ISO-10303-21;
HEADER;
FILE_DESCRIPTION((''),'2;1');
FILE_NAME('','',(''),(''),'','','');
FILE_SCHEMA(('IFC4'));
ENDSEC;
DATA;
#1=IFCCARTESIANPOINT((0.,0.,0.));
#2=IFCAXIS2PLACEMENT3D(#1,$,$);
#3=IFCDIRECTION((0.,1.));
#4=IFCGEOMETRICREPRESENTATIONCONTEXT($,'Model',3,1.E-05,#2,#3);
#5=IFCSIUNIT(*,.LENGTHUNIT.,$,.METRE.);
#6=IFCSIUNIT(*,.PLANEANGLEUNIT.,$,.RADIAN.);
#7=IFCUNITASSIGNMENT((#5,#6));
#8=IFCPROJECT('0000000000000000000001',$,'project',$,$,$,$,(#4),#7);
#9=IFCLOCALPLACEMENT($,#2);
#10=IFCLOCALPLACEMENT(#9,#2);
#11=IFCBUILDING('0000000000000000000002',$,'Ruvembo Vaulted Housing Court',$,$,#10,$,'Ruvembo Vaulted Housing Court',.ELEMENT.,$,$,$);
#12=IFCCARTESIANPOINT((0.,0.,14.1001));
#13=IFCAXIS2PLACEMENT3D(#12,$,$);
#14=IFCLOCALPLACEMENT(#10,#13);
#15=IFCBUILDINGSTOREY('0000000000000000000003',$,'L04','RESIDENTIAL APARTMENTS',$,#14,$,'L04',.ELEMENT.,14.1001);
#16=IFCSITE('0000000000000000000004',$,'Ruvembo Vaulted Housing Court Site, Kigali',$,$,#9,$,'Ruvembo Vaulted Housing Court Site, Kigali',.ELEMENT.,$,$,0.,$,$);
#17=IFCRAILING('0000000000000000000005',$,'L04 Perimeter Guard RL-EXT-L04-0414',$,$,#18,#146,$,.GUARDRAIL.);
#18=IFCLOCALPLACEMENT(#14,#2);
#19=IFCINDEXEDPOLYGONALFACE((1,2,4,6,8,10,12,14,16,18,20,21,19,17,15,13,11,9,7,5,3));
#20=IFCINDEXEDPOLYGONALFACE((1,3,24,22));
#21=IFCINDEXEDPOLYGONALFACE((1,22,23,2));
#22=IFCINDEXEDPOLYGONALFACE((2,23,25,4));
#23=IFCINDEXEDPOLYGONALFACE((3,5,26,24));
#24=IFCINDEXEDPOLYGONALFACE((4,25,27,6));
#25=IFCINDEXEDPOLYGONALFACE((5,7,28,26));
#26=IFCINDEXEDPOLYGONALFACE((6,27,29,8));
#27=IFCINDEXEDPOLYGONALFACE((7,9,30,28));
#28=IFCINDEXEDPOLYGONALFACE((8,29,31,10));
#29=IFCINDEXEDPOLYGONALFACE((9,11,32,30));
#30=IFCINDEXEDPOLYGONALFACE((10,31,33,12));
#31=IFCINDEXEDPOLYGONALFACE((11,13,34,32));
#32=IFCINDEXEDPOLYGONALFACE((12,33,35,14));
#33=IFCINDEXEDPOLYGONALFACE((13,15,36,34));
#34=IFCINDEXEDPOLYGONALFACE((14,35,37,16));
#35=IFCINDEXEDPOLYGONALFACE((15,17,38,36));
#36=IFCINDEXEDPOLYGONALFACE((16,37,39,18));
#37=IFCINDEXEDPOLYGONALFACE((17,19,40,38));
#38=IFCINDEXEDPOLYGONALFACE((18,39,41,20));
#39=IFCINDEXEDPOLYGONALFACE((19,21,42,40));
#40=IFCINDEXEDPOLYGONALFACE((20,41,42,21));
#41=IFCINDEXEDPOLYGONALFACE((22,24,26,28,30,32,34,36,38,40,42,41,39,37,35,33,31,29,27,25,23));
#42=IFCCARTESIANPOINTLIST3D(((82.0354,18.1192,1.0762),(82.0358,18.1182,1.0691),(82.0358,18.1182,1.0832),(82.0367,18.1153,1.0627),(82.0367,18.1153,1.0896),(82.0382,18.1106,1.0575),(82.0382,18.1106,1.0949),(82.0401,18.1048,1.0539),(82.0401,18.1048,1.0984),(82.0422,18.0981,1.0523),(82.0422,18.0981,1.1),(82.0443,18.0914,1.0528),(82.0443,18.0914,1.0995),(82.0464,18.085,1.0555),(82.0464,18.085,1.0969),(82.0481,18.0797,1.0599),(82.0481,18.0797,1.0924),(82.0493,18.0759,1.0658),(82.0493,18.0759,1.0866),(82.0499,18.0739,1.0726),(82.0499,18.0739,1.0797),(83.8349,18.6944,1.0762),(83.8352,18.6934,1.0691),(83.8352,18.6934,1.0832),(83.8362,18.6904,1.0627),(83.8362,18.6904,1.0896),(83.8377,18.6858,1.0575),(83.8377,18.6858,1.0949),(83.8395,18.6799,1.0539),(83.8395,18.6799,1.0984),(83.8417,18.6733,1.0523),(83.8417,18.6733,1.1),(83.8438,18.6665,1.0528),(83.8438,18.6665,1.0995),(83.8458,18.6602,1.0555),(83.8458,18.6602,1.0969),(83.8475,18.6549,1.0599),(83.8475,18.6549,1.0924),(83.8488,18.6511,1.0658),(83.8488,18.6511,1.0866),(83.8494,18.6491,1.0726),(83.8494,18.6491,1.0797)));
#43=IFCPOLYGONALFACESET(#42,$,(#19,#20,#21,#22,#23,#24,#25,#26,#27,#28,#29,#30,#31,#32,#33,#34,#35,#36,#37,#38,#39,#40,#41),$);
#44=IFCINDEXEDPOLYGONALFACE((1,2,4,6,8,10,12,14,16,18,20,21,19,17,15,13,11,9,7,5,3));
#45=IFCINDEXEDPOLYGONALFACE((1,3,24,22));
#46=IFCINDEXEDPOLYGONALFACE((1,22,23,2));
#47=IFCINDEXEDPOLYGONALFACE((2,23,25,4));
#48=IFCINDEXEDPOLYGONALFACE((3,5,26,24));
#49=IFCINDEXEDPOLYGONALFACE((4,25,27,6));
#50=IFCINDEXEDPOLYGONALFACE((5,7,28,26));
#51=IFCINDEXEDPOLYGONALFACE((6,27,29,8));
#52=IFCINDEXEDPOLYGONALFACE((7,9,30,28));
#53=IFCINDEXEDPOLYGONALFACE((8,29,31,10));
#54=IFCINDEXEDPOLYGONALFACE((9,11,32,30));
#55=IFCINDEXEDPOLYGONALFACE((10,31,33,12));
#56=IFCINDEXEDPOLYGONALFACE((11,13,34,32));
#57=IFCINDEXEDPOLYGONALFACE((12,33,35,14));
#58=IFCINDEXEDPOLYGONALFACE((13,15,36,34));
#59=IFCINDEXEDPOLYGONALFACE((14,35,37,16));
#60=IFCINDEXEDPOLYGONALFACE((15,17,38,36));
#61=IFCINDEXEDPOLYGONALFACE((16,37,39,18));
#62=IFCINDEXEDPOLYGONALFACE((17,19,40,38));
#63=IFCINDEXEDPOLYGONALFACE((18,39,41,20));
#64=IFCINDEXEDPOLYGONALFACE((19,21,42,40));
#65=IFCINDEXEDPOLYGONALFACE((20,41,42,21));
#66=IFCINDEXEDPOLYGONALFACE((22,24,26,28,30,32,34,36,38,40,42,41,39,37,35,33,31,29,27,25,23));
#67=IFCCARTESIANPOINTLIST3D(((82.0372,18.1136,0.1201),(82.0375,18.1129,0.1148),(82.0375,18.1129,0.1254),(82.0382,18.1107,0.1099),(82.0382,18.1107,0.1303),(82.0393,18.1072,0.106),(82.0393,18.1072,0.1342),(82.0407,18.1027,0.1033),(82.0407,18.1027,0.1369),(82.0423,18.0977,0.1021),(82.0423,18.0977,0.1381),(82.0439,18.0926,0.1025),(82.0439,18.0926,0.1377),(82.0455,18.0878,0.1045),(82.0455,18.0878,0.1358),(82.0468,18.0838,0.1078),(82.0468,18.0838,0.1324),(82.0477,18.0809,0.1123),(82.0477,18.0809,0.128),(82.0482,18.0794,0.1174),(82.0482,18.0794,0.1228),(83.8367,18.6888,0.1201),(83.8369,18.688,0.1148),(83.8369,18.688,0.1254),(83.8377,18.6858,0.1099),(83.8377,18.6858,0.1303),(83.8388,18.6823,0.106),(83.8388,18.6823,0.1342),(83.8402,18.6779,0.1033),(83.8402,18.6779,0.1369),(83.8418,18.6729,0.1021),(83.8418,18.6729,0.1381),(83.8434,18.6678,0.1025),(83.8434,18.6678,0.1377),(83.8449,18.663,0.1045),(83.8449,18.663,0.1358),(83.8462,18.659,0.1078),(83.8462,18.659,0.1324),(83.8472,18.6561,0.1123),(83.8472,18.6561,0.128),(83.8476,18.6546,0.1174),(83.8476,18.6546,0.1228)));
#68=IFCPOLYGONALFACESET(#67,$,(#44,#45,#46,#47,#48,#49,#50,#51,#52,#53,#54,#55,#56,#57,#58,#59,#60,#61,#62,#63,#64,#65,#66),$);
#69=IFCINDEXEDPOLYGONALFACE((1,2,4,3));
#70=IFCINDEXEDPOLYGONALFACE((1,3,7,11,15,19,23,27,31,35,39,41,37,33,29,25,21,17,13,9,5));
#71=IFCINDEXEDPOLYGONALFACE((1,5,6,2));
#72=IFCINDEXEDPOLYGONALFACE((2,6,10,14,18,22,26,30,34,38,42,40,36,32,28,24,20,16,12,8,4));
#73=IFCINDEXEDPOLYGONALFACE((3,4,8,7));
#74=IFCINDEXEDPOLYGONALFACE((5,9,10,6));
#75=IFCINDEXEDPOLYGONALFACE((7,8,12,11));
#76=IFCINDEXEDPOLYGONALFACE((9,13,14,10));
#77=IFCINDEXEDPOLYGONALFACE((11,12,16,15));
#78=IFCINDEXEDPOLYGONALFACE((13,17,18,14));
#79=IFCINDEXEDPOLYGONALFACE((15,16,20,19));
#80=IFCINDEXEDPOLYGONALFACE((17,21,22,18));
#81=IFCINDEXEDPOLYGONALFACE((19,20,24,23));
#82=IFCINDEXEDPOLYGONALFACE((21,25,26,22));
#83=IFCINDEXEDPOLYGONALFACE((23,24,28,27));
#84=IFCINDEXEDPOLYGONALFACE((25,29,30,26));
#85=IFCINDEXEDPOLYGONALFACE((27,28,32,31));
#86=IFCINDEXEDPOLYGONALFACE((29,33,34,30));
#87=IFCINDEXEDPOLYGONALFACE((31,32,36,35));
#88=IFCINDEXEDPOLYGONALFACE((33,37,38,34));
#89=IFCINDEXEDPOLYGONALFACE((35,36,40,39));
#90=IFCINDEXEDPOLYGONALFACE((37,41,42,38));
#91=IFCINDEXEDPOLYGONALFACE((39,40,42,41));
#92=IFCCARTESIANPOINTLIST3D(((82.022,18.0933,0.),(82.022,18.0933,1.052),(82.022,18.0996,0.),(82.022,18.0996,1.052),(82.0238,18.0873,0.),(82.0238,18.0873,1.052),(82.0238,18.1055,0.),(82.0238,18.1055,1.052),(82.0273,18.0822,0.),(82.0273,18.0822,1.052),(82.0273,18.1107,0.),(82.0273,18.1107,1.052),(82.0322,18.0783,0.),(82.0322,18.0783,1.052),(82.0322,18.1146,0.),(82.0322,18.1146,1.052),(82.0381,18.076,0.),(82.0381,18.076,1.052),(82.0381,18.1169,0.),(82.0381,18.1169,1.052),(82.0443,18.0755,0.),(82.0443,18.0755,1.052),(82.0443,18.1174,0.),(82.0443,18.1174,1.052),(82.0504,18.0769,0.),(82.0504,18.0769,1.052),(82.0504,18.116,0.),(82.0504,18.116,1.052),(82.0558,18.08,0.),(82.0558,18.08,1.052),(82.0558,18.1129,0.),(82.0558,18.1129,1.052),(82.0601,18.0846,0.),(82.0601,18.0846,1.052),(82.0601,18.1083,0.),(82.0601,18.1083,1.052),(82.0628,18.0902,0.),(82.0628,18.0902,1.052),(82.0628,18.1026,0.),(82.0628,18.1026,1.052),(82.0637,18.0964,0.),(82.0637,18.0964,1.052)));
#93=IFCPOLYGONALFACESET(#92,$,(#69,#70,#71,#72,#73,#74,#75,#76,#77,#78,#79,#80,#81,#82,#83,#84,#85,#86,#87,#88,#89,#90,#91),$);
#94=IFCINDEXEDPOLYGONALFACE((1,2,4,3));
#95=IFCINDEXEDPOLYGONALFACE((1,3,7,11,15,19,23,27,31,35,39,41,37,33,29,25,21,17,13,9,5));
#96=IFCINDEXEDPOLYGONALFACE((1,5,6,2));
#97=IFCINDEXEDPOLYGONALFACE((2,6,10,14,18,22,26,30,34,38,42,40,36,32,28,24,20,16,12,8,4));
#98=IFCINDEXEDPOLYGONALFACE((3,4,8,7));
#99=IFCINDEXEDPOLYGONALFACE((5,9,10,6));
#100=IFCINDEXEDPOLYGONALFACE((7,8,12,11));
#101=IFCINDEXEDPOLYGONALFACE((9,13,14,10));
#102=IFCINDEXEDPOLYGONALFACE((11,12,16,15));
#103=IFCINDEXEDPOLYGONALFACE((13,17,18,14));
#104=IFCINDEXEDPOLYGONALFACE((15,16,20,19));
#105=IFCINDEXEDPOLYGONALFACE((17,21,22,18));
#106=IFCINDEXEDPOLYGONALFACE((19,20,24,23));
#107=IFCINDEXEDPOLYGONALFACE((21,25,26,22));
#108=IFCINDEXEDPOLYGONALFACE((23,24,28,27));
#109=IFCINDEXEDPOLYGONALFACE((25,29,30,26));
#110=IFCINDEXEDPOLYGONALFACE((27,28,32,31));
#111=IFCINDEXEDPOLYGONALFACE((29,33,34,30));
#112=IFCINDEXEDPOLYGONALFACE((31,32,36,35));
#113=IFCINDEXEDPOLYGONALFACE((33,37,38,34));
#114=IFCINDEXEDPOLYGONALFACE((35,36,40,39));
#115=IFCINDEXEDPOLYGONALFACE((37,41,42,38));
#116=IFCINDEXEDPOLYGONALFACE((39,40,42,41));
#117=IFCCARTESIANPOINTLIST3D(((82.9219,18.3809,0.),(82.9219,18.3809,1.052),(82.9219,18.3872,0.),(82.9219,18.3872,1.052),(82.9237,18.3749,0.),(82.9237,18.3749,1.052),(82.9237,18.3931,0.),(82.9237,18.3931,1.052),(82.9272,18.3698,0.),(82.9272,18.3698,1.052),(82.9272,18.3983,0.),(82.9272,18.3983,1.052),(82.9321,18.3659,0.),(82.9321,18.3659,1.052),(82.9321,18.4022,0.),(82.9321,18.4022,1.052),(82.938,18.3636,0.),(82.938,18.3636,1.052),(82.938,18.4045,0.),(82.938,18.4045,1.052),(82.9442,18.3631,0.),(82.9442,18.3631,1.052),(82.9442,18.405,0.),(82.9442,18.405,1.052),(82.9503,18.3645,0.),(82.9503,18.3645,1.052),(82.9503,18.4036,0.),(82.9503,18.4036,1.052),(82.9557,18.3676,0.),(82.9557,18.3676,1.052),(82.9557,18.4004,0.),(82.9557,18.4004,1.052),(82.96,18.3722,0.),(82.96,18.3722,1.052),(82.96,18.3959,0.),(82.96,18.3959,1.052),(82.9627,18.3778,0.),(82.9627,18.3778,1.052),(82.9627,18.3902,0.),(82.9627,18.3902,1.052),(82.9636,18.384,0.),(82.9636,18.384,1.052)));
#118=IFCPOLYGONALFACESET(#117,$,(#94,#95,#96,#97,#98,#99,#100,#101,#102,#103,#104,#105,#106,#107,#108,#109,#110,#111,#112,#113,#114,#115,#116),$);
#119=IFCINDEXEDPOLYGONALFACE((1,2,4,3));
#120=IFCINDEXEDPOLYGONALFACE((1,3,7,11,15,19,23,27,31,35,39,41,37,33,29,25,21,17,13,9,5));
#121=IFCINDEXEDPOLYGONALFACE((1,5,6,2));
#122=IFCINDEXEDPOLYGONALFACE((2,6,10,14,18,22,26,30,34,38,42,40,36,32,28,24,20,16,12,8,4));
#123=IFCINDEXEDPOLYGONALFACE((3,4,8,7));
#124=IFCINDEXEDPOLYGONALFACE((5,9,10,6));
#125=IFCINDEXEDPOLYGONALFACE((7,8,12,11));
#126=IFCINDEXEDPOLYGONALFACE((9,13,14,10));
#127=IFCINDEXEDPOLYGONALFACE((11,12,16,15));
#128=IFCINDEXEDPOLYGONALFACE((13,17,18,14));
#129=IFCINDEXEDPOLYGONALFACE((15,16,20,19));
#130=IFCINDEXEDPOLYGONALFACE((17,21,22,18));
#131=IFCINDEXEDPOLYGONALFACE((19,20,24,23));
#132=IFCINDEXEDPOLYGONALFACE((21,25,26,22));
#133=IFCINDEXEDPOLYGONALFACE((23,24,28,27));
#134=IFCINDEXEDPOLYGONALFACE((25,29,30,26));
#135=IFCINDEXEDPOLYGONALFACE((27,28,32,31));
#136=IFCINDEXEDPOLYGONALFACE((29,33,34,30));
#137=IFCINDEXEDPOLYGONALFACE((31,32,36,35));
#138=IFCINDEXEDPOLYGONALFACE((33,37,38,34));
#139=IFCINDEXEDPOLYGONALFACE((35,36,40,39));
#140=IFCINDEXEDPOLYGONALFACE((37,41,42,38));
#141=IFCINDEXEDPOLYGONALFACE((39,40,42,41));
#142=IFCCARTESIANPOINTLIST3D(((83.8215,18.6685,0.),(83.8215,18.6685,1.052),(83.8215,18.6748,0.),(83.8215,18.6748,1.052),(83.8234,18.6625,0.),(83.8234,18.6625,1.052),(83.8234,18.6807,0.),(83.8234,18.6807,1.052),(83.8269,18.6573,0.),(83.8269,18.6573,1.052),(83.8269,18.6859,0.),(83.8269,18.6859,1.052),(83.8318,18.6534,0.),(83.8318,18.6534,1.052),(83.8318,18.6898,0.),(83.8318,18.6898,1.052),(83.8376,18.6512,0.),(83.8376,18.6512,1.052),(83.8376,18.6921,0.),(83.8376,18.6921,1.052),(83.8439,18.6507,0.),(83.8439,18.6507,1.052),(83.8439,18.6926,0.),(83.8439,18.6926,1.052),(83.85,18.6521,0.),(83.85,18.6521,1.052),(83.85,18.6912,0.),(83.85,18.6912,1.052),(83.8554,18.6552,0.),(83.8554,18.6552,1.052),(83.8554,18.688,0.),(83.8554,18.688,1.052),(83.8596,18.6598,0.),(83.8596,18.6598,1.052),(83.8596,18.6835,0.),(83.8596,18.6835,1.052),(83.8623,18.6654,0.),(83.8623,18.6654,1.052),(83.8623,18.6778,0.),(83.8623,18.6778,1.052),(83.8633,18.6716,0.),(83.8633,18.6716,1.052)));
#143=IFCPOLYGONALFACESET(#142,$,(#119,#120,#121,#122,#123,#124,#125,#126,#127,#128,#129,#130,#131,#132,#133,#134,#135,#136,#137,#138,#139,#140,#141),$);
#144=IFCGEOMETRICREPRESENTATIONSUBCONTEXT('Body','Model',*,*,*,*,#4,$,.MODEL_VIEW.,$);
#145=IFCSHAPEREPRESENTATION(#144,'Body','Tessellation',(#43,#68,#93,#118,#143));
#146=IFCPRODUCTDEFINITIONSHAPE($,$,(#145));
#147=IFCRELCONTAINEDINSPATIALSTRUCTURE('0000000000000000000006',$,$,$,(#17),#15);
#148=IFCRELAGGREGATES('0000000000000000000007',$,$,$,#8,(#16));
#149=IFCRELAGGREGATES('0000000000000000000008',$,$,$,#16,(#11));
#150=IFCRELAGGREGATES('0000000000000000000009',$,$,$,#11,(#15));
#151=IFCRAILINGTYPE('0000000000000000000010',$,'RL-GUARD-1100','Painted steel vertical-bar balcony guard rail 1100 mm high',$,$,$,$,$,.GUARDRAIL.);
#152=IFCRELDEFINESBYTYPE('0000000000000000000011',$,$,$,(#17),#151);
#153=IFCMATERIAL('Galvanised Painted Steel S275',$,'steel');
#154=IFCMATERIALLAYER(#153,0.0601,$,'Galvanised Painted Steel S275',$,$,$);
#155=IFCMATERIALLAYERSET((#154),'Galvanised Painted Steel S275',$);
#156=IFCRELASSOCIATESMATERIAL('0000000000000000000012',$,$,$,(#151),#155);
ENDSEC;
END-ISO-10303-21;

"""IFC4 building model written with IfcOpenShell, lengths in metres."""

from ifc_helpers import new_model, si_unit, direction, frame, origin, origin_2d, place, context, subcontext, project, spatial, circle, extrude, material, layer, layer_set, type_object, element, save


model = new_model("IFC4")

# Units and contexts
model_context = context("Model", 3, precision=1e-05, world=origin(), true_north=direction((0.0, 1.0)))
body_context = subcontext(model_context, "Body", "Model", "MODEL_VIEW")
ifc_project = project(units=[si_unit("LENGTHUNIT", "METRE"), si_unit("PLANEANGLEUNIT", "RADIAN")], contexts=[model_context])

# Site, building, storey
site_placement = place(None, origin())
site = spatial("IfcSite", under=ifc_project, at=site_placement, Name="Ruvembo Vaulted Housing Court Site, Kigali", LongName="Ruvembo Vaulted Housing Court Site, Kigali", CompositionType="ELEMENT", RefElevation=0.0)
building_placement = place(site_placement, origin())
building = spatial("IfcBuilding", under=site, at=building_placement, Name="Ruvembo Vaulted Housing Court", LongName="Ruvembo Vaulted Housing Court", CompositionType="ELEMENT")
storey_placement = place(building_placement, frame((0.0, 0.0, 14.1001)))
storey = spatial("IfcBuildingStorey", under=building, at=storey_placement, Name="L04", Description="RESIDENTIAL APARTMENTS", LongName="L04", CompositionType="ELEMENT", Elevation=14.1001)

# Railing
ifc_material_1 = material(Name="Galvanised Painted Steel S275", Category="steel")
ifc_layer = layer(ifc_material_1, 0.0601, Name="Galvanised Painted Steel S275")
ifc_layer_set = layer_set([ifc_layer], Name="Galvanised Painted Steel S275")
railing_type = type_object("IfcRailingType", Name="RL-GUARD-1100", Description="Painted steel vertical-bar balcony guard rail 1100 mm high", PredefinedType="GUARDRAIL", material=ifc_layer_set)
railing_1_placement = place(storey_placement, frame((82.0427, 18.0964, 0.0)))
element("IfcRailing", 1, at=railing_1_placement, inside=storey, type_object=railing_type, Name="L04 Perimeter Guard RL-EXT-L04-0414", PredefinedType="GUARDRAIL", context=body_context, shape_type="SweptSolid", body=[
    extrude(circle(Radius=0.0239, at=origin_2d()), frame((0.0, 0.0, 1.0762), z_axis=(0.952526, 0.304457, 0.0), x_axis=(-0.304457, 0.952526, 0.0)), (0.0, 0.0, 1.0), 1.8892),
    extrude(circle(Radius=0.0181, at=origin_2d()), frame((0.0, 0.0, 0.1201), z_axis=(0.952526, 0.304457, 0.0), x_axis=(-0.304457, 0.952526, 0.0)), (0.0, 0.0, 1.0), 1.8892),
    extrude(circle(Radius=0.021, at=origin_2d()), origin(), (0.0, 0.0, 1.0), 1.052),
    extrude(circle(Radius=0.021, at=origin_2d()), frame((0.8999, 0.2876, 0.0)), (0.0, 0.0, 1.0), 1.052),
    extrude(circle(Radius=0.021, at=origin_2d()), frame((1.7996, 0.5752, 0.0)), (0.0, 0.0, 1.0), 1.052),
])

save(model, "model.ifc")
